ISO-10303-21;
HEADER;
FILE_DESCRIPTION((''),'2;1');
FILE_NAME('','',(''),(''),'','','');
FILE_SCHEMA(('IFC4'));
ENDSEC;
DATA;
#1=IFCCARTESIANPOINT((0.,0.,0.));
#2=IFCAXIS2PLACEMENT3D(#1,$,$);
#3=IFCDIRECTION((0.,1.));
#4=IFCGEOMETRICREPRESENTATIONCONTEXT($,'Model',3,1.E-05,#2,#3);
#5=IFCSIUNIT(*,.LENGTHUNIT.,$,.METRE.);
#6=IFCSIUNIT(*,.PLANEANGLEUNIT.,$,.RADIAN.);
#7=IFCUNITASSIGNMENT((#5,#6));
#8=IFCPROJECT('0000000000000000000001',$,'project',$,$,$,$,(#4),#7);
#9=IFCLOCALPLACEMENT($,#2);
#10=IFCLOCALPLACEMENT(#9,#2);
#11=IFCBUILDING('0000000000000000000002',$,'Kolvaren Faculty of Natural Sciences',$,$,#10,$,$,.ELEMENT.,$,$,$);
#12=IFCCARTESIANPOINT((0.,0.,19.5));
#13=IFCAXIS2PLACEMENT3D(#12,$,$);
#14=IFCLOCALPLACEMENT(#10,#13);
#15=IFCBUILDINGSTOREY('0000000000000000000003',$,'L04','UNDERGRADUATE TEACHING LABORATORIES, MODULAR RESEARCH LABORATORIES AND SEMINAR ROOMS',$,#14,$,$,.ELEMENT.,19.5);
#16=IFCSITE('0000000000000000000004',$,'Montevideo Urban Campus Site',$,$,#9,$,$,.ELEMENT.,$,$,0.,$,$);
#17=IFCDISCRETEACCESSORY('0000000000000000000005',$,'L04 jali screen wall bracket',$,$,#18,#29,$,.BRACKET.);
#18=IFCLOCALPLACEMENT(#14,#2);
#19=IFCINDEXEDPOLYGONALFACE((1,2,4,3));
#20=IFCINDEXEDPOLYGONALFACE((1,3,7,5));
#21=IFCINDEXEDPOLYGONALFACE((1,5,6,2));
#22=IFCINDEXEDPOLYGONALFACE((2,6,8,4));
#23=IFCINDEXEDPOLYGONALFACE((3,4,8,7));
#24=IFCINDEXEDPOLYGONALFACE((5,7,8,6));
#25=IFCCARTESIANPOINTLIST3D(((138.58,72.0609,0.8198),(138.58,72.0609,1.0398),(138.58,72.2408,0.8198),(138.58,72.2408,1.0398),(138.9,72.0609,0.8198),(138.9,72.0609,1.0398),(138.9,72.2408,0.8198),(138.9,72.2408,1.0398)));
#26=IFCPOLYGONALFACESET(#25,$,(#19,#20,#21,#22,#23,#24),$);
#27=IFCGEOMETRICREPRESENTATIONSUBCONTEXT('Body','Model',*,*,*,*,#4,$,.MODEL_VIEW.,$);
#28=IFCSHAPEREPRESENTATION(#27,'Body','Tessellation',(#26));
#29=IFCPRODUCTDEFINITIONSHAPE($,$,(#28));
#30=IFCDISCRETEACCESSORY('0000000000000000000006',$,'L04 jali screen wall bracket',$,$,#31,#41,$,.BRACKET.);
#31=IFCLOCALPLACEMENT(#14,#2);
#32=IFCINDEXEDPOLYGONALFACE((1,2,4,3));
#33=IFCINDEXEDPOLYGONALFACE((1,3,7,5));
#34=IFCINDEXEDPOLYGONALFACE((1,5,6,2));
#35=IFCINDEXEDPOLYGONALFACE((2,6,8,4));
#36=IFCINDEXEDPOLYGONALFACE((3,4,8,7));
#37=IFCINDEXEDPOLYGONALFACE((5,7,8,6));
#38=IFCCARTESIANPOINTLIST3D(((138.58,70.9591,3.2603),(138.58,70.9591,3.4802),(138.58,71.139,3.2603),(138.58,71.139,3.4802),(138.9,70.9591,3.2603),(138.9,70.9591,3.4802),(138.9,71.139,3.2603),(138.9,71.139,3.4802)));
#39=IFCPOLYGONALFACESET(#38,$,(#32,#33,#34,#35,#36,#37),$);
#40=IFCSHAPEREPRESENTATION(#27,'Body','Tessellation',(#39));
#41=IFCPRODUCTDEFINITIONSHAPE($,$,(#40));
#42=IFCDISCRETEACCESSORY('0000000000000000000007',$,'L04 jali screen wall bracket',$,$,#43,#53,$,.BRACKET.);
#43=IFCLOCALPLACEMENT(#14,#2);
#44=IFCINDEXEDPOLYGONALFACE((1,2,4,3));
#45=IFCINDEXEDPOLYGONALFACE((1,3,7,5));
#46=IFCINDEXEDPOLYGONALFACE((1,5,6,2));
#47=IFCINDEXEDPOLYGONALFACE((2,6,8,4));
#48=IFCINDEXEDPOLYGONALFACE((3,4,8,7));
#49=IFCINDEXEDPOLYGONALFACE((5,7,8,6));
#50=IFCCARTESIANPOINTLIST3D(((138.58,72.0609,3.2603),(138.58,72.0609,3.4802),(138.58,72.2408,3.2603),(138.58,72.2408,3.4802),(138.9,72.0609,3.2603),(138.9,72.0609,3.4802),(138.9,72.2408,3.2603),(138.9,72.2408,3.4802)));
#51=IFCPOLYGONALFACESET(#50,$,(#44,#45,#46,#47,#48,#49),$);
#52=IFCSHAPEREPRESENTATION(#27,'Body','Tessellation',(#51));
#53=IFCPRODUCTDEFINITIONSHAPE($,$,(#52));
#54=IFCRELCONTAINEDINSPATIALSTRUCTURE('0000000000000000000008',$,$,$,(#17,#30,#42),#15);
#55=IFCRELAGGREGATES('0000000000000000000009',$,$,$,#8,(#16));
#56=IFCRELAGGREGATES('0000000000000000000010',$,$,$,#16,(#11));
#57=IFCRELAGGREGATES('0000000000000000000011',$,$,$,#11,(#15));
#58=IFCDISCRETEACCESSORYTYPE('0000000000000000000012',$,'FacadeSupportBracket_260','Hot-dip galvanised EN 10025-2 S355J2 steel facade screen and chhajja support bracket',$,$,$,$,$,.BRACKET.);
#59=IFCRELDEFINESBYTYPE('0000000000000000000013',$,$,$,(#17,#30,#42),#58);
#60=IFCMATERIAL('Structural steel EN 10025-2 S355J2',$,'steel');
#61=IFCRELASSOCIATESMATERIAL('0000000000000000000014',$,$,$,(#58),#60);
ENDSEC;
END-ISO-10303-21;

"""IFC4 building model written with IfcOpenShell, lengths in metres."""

from ifc_helpers import new_model, si_unit, direction, frame, origin, origin_2d, place, context, subcontext, project, spatial, rectangle, extrude, material, type_object, element, save


model = new_model("IFC4")

# Units and contexts
model_context = context("Model", 3, precision=1e-05, world=origin(), true_north=direction((0.0, 1.0)))
body_context = subcontext(model_context, "Body", "Model", "MODEL_VIEW")
ifc_project = project(units=[si_unit("LENGTHUNIT", "METRE"), si_unit("PLANEANGLEUNIT", "RADIAN")], contexts=[model_context])

# Site, building, storey
site_placement = place(None, origin())
site = spatial("IfcSite", under=ifc_project, at=site_placement, Name="Montevideo Urban Campus Site", CompositionType="ELEMENT", RefElevation=0.0)
building_placement = place(site_placement, origin())
building = spatial("IfcBuilding", under=site, at=building_placement, Name="Kolvaren Faculty of Natural Sciences", CompositionType="ELEMENT")
storey_placement = place(building_placement, frame((0.0, 0.0, 19.5)))
storey = spatial("IfcBuildingStorey", under=building, at=storey_placement, Name="L04", Description="UNDERGRADUATE TEACHING LABORATORIES, MODULAR RESEARCH LABORATORIES AND SEMINAR ROOMS", CompositionType="ELEMENT", Elevation=19.5)

# Discrete accessories
ifc_material_1 = material(Name="Structural steel EN 10025-2 S355J2", Category="steel")
discrete_accessory_type = type_object("IfcDiscreteAccessoryType", Name="FacadeSupportBracket_260", Description="Hot-dip galvanised EN 10025-2 S355J2 steel facade screen and chhajja support bracket", PredefinedType="BRACKET", material=ifc_material_1)
for number, where, z_axis, x_axis, name in (
    (1, (138.74, 72.1509, 0.8198), (0.0, 0.0, 1.0), (0.0, 1.0, 0.0), "L04 jali screen wall bracket"),
    (2, (138.74, 71.0491, 3.2603), (0.0, 0.0, 1.0), (0.0, 1.0, 0.0), "L04 jali screen wall bracket"),
    (3, (138.74, 72.1509, 3.2603), (0.0, 0.0, 1.0), (0.0, 1.0, 0.0), "L04 jali screen wall bracket"),
):
    element("IfcDiscreteAccessory", number, at=place(storey_placement, frame(where, z_axis=z_axis, x_axis=x_axis)), inside=storey, type_object=discrete_accessory_type, Name=name, PredefinedType="BRACKET", context=body_context, shape_type="SweptSolid", body=[
        extrude(rectangle(XDim=0.1799, YDim=0.3201, at=origin_2d()), origin(), (0.0, 0.0, 1.0), 0.22),
    ])

save(model, "model.ifc")
